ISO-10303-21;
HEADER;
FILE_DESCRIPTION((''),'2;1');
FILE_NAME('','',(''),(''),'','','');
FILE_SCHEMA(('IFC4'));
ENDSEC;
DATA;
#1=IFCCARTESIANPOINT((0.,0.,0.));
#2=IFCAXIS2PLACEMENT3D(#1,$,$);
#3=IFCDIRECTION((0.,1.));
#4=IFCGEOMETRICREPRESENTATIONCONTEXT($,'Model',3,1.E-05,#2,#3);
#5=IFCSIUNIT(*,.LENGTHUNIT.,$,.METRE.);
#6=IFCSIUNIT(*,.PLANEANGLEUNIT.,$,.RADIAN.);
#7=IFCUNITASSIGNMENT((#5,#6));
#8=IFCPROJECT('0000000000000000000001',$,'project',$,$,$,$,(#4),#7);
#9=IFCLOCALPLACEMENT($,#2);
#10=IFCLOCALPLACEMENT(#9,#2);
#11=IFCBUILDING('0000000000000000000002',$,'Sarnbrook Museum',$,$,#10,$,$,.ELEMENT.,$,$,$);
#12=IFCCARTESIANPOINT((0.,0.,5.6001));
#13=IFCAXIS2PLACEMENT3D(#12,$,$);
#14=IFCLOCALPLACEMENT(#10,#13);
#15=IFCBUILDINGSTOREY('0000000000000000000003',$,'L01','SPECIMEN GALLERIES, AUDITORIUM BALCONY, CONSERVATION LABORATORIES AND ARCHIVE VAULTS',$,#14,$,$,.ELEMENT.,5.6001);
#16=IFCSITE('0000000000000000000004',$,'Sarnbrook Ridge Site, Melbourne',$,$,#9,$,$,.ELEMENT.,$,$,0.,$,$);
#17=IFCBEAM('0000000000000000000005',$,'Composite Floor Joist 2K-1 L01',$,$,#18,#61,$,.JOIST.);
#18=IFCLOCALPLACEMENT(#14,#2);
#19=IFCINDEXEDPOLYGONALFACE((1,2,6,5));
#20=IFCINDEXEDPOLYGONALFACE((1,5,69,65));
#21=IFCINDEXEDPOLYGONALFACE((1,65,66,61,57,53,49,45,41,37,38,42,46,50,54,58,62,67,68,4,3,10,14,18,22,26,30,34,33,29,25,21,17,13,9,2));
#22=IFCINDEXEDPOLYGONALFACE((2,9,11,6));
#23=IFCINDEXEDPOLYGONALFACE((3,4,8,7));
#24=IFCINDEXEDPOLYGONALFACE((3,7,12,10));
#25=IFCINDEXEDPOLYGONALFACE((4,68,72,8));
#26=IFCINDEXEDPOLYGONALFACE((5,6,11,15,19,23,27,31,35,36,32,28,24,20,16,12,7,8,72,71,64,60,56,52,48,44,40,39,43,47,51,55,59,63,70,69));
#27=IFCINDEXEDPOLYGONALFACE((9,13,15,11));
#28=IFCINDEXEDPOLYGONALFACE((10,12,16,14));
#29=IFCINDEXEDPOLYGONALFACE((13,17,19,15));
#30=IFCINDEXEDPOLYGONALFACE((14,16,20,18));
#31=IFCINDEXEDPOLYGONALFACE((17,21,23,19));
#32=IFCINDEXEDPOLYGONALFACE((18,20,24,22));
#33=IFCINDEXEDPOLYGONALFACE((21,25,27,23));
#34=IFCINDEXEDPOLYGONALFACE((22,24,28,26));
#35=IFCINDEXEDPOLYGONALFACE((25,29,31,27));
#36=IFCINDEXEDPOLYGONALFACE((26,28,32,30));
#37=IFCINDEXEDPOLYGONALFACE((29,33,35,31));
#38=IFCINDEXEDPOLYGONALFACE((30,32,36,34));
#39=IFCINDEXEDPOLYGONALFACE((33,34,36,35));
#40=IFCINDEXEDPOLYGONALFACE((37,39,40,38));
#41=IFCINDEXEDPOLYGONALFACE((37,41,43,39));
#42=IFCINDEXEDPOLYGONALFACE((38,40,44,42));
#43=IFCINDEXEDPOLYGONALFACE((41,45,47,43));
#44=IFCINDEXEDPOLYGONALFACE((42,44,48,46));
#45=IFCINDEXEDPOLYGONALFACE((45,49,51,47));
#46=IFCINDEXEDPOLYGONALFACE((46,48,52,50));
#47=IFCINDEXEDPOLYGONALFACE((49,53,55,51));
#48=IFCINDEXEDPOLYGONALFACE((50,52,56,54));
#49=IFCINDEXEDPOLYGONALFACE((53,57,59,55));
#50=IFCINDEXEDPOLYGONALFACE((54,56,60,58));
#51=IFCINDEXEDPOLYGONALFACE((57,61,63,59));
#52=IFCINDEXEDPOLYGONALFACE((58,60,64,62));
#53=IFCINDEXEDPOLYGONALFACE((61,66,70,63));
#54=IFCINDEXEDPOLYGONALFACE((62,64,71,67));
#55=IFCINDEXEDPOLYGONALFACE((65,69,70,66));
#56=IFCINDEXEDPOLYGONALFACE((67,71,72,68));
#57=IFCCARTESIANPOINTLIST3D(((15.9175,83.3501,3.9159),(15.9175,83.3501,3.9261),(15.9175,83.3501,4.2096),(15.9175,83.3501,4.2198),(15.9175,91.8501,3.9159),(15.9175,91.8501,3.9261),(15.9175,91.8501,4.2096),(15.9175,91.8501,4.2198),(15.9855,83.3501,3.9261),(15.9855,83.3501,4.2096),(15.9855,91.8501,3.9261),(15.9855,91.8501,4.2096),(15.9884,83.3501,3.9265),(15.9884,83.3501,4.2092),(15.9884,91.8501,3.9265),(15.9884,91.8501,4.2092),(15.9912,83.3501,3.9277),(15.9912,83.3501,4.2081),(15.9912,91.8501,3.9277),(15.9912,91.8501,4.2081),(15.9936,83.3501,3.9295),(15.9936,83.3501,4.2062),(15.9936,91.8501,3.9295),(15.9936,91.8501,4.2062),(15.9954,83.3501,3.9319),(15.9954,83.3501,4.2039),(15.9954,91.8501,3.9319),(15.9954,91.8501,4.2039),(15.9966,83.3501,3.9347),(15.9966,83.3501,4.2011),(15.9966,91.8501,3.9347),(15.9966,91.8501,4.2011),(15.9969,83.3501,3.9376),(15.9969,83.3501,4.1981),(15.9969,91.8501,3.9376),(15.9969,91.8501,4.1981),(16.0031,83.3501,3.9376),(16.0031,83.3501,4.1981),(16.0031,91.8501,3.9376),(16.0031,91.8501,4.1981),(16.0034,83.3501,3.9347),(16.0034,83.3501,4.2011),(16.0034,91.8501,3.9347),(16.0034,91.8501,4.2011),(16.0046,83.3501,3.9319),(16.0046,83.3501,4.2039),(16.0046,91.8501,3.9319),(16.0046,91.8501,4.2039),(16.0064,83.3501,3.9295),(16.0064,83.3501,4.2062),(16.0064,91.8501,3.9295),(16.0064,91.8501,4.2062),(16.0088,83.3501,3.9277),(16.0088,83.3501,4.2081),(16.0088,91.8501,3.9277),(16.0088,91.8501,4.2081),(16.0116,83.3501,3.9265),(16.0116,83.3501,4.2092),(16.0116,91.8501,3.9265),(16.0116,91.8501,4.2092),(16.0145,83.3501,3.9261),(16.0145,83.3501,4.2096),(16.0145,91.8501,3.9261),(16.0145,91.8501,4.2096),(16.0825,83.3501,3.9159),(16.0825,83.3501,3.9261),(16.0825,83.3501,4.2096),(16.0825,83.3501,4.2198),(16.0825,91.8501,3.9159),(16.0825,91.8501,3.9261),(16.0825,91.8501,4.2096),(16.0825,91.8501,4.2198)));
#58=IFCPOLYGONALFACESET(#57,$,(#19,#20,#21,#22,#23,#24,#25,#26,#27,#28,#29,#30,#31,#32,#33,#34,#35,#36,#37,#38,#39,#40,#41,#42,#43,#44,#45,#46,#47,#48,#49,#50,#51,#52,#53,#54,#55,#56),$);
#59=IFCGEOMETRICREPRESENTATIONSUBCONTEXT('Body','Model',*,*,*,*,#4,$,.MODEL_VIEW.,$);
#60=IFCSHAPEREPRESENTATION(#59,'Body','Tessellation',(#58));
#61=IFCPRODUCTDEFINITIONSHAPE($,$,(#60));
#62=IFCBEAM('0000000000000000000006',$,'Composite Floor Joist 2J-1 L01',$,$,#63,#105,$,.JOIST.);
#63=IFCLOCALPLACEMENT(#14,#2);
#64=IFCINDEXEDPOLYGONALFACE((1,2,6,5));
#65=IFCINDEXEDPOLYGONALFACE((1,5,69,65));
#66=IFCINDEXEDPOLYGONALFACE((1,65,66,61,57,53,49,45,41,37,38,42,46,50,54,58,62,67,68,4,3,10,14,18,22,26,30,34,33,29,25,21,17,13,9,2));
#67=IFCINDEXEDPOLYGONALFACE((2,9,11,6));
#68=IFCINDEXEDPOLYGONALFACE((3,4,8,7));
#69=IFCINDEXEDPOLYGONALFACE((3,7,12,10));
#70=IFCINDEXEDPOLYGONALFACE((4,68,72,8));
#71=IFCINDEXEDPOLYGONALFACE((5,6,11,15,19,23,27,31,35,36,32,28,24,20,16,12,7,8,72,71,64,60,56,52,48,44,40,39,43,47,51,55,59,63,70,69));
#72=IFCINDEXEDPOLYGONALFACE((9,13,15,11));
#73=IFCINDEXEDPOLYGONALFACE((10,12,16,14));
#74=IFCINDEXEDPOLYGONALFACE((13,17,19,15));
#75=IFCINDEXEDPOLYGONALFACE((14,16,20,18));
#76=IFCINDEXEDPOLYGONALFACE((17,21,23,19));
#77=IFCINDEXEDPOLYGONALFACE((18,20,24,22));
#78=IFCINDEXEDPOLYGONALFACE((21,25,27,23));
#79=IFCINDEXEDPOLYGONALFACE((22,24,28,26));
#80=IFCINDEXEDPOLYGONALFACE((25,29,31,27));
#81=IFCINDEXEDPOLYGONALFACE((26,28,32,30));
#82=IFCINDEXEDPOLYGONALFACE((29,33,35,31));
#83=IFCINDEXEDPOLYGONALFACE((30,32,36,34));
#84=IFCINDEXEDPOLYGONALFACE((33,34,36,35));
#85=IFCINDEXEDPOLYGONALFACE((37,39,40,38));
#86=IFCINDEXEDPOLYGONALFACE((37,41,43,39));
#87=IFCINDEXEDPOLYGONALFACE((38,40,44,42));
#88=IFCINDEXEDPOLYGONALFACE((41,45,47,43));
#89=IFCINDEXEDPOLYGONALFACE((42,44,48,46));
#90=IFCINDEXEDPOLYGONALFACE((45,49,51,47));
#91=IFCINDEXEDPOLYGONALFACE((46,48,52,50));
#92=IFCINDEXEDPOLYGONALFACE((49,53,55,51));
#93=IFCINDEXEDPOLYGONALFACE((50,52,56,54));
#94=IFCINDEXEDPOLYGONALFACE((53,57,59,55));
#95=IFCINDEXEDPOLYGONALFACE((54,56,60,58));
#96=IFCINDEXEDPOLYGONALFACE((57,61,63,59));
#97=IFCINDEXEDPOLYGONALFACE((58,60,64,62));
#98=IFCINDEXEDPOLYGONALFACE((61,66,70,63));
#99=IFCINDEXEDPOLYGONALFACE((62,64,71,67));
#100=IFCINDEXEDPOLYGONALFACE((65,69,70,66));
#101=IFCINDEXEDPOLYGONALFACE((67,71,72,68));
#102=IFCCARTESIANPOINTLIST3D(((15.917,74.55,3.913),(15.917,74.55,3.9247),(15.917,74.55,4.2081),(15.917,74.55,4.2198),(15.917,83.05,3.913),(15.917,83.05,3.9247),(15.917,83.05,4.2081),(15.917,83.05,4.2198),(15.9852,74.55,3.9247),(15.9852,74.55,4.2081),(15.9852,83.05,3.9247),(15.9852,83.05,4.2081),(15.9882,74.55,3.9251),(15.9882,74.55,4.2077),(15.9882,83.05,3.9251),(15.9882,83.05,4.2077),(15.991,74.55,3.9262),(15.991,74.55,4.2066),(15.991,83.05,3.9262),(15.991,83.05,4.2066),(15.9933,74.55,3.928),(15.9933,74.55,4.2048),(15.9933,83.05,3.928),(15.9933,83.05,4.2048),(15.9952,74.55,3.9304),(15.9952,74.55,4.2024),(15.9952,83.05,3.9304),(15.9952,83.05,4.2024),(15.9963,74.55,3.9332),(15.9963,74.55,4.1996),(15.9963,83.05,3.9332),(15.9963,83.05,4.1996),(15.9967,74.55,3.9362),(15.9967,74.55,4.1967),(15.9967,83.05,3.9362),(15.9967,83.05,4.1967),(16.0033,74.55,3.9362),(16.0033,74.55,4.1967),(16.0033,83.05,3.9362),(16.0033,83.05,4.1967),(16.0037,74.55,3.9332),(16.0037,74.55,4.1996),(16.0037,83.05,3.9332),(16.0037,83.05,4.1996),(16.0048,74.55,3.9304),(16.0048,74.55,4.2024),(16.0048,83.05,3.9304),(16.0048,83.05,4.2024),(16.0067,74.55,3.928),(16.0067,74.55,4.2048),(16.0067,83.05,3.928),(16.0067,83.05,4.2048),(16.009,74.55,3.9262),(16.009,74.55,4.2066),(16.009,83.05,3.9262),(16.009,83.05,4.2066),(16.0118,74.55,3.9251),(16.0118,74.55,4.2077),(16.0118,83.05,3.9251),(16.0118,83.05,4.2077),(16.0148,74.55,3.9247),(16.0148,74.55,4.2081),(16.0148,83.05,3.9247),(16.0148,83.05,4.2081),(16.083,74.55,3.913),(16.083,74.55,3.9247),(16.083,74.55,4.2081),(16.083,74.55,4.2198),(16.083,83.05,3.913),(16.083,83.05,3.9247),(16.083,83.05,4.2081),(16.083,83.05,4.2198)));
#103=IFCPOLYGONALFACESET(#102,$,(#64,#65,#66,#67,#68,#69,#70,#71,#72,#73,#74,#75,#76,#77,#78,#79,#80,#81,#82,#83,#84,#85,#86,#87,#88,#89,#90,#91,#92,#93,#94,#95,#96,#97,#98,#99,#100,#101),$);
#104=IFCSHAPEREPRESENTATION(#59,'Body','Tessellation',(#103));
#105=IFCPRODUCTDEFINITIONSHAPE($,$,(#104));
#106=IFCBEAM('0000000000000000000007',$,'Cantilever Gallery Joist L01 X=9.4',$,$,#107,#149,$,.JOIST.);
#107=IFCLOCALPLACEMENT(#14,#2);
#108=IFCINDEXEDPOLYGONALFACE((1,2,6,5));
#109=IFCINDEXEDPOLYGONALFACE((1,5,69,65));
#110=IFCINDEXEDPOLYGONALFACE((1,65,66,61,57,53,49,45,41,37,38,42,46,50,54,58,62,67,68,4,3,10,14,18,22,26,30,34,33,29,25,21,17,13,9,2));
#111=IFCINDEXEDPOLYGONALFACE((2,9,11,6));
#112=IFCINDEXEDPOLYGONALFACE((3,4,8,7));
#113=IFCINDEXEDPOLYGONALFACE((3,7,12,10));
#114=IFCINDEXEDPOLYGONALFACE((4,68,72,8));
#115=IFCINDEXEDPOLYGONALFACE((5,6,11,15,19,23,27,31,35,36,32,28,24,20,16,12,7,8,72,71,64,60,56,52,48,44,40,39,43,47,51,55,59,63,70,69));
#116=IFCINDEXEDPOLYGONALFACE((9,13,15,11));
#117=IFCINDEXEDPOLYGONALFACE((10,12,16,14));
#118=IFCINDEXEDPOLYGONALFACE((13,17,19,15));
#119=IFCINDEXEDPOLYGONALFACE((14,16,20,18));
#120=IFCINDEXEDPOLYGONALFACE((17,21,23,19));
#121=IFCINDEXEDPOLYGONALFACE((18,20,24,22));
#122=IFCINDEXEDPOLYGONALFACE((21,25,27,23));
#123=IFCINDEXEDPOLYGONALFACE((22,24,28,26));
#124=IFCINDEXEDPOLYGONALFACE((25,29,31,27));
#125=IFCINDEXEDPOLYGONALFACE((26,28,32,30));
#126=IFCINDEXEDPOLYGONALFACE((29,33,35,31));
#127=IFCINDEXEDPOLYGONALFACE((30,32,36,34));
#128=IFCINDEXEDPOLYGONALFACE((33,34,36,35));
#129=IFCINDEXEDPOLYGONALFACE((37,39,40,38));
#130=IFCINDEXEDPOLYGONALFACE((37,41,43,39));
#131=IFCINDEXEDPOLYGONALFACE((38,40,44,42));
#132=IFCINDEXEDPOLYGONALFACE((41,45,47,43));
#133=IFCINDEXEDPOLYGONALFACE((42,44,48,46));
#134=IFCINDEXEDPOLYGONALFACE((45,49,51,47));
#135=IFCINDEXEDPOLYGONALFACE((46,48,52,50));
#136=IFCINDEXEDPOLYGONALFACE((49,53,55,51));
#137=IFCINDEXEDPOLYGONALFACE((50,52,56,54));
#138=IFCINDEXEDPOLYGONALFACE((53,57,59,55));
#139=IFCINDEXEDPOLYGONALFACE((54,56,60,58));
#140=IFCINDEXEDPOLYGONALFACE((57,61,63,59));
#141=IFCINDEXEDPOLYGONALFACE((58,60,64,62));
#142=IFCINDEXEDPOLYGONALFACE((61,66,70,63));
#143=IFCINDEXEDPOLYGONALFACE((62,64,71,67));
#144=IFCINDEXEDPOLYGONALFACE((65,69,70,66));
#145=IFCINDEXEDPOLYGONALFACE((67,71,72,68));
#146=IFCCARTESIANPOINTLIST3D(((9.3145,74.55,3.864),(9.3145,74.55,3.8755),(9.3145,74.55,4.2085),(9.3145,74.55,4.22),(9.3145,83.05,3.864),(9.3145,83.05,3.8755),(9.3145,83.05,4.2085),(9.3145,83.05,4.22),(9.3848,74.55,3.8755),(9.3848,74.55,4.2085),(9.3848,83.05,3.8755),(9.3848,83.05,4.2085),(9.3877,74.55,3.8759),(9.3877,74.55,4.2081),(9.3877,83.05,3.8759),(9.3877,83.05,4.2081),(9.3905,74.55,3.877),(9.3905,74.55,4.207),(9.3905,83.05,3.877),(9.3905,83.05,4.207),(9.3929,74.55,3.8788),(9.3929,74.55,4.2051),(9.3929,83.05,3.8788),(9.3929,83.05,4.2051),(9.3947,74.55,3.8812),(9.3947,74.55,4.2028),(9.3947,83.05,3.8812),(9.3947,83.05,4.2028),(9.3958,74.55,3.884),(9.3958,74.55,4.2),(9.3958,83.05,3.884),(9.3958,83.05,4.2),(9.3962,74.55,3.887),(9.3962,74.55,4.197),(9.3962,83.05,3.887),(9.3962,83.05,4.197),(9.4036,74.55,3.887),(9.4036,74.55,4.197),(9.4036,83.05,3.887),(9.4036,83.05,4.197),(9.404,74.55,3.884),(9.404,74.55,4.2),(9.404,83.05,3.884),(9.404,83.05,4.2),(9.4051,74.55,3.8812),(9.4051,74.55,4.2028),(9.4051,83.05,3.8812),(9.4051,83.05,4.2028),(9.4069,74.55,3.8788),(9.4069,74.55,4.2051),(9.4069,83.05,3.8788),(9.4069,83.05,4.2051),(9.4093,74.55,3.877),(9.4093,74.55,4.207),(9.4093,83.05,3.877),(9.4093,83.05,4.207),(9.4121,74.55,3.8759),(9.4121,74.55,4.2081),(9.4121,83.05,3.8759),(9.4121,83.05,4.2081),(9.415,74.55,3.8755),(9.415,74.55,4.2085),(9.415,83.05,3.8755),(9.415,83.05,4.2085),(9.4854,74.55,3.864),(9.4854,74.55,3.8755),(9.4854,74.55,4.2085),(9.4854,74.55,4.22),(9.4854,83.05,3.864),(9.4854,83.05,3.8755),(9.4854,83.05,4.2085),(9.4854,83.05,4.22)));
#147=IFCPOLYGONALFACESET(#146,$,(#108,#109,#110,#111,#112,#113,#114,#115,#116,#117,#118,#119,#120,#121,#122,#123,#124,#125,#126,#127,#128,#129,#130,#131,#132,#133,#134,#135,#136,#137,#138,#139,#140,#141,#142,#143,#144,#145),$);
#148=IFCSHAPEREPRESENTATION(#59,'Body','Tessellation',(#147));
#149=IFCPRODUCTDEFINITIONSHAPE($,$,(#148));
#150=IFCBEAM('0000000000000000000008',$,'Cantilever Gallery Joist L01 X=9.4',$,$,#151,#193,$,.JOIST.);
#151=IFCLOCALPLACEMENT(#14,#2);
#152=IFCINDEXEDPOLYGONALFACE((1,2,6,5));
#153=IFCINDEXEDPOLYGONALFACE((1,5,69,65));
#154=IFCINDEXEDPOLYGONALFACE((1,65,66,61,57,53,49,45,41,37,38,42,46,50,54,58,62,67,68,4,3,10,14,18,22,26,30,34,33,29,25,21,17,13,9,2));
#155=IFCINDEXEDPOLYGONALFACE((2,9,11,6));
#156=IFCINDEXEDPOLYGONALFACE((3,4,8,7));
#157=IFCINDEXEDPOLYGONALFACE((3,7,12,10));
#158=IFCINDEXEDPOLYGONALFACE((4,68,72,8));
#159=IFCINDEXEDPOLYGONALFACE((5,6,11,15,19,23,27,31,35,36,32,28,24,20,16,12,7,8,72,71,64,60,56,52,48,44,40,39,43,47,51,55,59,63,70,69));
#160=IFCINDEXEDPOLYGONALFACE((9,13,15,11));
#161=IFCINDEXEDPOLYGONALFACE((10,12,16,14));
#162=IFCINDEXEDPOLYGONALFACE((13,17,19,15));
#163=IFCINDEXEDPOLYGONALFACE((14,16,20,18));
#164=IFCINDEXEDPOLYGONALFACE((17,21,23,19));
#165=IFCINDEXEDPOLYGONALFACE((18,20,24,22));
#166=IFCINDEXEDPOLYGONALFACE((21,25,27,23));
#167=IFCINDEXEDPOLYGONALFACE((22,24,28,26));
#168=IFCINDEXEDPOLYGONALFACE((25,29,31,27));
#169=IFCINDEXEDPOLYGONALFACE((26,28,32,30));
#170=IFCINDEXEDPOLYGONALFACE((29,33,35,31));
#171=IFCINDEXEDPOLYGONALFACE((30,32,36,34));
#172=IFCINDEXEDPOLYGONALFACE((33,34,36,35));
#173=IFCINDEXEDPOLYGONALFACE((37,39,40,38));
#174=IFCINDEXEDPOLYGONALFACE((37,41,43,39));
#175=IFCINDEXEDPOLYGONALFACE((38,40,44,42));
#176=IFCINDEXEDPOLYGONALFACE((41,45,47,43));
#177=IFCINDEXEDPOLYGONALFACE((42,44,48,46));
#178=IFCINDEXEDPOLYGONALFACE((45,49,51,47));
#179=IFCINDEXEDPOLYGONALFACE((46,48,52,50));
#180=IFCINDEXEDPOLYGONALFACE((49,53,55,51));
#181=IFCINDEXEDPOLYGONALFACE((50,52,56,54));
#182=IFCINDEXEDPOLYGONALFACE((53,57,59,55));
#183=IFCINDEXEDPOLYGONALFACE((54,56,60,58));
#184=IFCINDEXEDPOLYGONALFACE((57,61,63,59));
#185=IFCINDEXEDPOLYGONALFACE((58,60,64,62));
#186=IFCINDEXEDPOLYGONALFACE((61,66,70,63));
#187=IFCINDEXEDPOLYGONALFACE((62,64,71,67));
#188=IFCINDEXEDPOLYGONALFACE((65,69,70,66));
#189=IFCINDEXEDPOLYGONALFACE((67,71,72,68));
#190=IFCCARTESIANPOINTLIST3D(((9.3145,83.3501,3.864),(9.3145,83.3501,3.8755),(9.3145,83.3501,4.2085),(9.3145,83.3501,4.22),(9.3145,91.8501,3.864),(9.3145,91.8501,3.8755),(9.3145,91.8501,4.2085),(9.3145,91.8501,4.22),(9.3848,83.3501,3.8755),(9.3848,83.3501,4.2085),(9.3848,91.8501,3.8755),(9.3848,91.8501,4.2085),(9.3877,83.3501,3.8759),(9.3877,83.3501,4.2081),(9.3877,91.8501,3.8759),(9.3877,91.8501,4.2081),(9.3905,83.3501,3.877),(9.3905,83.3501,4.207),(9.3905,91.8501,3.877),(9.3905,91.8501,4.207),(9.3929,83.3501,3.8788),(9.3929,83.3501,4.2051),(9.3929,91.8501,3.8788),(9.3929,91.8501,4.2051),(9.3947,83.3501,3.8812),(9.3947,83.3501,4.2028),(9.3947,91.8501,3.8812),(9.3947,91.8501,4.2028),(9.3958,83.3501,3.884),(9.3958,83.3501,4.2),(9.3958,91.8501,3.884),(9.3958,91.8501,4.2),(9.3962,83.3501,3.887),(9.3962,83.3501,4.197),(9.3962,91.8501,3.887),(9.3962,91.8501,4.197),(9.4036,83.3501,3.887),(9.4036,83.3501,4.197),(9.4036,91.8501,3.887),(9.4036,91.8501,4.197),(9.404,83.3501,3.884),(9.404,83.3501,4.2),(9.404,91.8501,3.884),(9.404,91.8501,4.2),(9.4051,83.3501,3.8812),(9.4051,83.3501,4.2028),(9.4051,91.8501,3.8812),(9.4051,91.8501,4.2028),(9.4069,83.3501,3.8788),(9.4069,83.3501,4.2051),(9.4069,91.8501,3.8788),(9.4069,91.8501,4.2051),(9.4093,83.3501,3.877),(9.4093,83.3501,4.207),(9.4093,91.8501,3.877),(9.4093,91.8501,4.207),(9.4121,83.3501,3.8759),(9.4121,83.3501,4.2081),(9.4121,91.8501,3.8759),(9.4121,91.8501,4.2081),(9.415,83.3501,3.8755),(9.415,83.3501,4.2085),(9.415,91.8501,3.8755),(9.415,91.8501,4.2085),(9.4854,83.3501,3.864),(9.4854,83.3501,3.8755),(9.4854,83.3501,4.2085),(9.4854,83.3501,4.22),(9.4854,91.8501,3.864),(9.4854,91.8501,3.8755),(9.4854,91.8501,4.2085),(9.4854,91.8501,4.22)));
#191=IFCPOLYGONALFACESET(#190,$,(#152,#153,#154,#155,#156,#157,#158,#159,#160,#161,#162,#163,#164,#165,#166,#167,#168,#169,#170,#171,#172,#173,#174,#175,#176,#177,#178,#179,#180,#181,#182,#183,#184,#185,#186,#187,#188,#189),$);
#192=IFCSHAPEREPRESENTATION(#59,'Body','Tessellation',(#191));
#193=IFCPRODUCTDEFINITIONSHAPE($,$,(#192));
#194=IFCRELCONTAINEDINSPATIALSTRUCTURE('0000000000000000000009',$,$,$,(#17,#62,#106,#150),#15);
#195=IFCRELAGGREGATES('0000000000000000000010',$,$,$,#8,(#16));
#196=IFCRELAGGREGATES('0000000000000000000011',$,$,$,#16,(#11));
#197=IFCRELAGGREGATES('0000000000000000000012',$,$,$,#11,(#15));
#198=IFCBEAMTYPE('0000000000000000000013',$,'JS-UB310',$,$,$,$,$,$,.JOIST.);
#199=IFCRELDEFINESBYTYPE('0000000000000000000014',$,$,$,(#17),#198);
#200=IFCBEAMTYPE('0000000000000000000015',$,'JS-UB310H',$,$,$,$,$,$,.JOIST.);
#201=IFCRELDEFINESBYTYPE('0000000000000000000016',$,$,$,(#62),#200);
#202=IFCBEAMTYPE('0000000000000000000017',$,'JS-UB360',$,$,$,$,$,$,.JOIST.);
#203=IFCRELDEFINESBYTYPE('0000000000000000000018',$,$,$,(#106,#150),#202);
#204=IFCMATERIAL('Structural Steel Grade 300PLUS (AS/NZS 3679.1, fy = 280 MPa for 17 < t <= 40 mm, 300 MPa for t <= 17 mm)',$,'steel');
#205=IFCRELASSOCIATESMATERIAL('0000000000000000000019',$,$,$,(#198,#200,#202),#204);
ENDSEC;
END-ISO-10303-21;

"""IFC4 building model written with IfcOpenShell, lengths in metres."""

from ifc_helpers import new_model, si_unit, direction, frame, origin, origin_2d, place, context, subcontext, project, spatial, i_section, extrude, material, material_profile, profile_set, type_object, element, save


model = new_model("IFC4")

# Units and contexts
model_context = context("Model", 3, precision=1e-05, world=origin(), true_north=direction((0.0, 1.0)))
body_context = subcontext(model_context, "Body", "Model", "MODEL_VIEW")
ifc_project = project(units=[si_unit("LENGTHUNIT", "METRE"), si_unit("PLANEANGLEUNIT", "RADIAN")], contexts=[model_context])

# Site, building, storey
site_placement = place(None, origin())
site = spatial("IfcSite", under=ifc_project, at=site_placement, Name="Sarnbrook Ridge Site, Melbourne", CompositionType="ELEMENT", RefElevation=0.0)
building_placement = place(site_placement, origin())
building = spatial("IfcBuilding", under=site, at=building_placement, Name="Sarnbrook Museum", CompositionType="ELEMENT")
storey_placement = place(building_placement, frame((0.0, 0.0, 5.6001)))
storey = spatial("IfcBuildingStorey", under=building, at=storey_placement, Name="L01", Description="SPECIMEN GALLERIES, AUDITORIUM BALCONY, CONSERVATION LABORATORIES AND ARCHIVE VAULTS", CompositionType="ELEMENT", Elevation=5.6001)

# Shared definitions
ifc_material_1 = material(Name="Structural Steel Grade 300PLUS (AS/NZS 3679.1, fy = 280 MPa for 17 < t <= 40 mm, 300 MPa for t <= 17 mm)", Category="steel")

# Beams
ifc_material_profile_1 = material_profile(ifc_material_1, i_section(OverallWidth=0.165, OverallDepth=0.304, WebThickness=0.0061, FlangeThickness=0.0103, FilletRadius=0.0115, at=origin_2d()), Name="310UB40.4")
ifc_profile_set_1 = profile_set([ifc_material_profile_1], Name="Structural Steel Grade 300PLUS (AS/NZS 3679.1, fy = 280 MPa for 17 < t <= 40 mm, 300 MPa for t <= 17 mm)")
beam_type_1 = type_object("IfcBeamType", Name="JS-UB310", PredefinedType="JOIST", material=ifc_profile_set_1)
beam_1_placement = place(storey_placement, frame((16.0, 83.3501, 4.0679), z_axis=(0.0, 1.0, 0.0), x_axis=(-1.0, 0.0, 0.0)))
element("IfcBeam", 1, at=beam_1_placement, inside=storey, type_object=beam_type_1, Name="Composite Floor Joist 2K-1 L01", PredefinedType="JOIST", context=body_context, shape_type="SweptSolid", body=[
    extrude(i_section(OverallWidth=0.165, OverallDepth=0.304, WebThickness=0.0061, FlangeThickness=0.0103, FilletRadius=0.0115, at=origin_2d()), origin(), (0.0, 0.0, 1.0), 8.5),
])
ifc_material_profile_2 = material_profile(ifc_material_1, i_section(OverallWidth=0.166, OverallDepth=0.3069, WebThickness=0.0066, FlangeThickness=0.0117, FilletRadius=0.0115, at=origin_2d()), Name="310UB46.2")
ifc_profile_set_2 = profile_set([ifc_material_profile_2], Name="Structural Steel Grade 300PLUS (AS/NZS 3679.1, fy = 280 MPa for 17 < t <= 40 mm, 300 MPa for t <= 17 mm)")
beam_type_2 = type_object("IfcBeamType", Name="JS-UB310H", PredefinedType="JOIST", material=ifc_profile_set_2)
beam_2_placement = place(storey_placement, frame((16.0, 74.55, 4.0664), z_axis=(0.0, 1.0, 0.0), x_axis=(-1.0, 0.0, 0.0)))
element("IfcBeam", 2, at=beam_2_placement, inside=storey, type_object=beam_type_2, Name="Composite Floor Joist 2J-1 L01", PredefinedType="JOIST", context=body_context, shape_type="SweptSolid", body=[
    extrude(i_section(OverallWidth=0.166, OverallDepth=0.3069, WebThickness=0.0066, FlangeThickness=0.0117, FilletRadius=0.0115, at=origin_2d()), origin(), (0.0, 0.0, 1.0), 8.5),
])
ifc_material_profile_3 = material_profile(ifc_material_1, i_section(OverallWidth=0.1709, OverallDepth=0.356, WebThickness=0.0073, FlangeThickness=0.0115, FilletRadius=0.0115, at=origin_2d()), Name="360UB50.7")
ifc_profile_set_3 = profile_set([ifc_material_profile_3], Name="Structural Steel Grade 300PLUS (AS/NZS 3679.1, fy = 280 MPa for 17 < t <= 40 mm, 300 MPa for t <= 17 mm)")
beam_type_3 = type_object("IfcBeamType", Name="JS-UB360", PredefinedType="JOIST", material=ifc_profile_set_3)
for number, where, z_axis, x_axis, name in (
    (3, (9.3999, 74.55, 4.042), (0.0, 1.0, 0.0), (-1.0, 0.0, 0.0), "Cantilever Gallery Joist L01 X=9.4"),
    (4, (9.3999, 83.3501, 4.042), (0.0, 1.0, 0.0), (-1.0, 0.0, 0.0), "Cantilever Gallery Joist L01 X=9.4"),
):
    element("IfcBeam", number, at=place(storey_placement, frame(where, z_axis=z_axis, x_axis=x_axis)), inside=storey, type_object=beam_type_3, Name=name, PredefinedType="JOIST", context=body_context, shape_type="SweptSolid", body=[
        extrude(i_section(OverallWidth=0.1709, OverallDepth=0.356, WebThickness=0.0073, FlangeThickness=0.0115, FilletRadius=0.0115, at=origin_2d()), origin(), (0.0, 0.0, 1.0), 8.5),
    ])

save(model, "model.ifc")
